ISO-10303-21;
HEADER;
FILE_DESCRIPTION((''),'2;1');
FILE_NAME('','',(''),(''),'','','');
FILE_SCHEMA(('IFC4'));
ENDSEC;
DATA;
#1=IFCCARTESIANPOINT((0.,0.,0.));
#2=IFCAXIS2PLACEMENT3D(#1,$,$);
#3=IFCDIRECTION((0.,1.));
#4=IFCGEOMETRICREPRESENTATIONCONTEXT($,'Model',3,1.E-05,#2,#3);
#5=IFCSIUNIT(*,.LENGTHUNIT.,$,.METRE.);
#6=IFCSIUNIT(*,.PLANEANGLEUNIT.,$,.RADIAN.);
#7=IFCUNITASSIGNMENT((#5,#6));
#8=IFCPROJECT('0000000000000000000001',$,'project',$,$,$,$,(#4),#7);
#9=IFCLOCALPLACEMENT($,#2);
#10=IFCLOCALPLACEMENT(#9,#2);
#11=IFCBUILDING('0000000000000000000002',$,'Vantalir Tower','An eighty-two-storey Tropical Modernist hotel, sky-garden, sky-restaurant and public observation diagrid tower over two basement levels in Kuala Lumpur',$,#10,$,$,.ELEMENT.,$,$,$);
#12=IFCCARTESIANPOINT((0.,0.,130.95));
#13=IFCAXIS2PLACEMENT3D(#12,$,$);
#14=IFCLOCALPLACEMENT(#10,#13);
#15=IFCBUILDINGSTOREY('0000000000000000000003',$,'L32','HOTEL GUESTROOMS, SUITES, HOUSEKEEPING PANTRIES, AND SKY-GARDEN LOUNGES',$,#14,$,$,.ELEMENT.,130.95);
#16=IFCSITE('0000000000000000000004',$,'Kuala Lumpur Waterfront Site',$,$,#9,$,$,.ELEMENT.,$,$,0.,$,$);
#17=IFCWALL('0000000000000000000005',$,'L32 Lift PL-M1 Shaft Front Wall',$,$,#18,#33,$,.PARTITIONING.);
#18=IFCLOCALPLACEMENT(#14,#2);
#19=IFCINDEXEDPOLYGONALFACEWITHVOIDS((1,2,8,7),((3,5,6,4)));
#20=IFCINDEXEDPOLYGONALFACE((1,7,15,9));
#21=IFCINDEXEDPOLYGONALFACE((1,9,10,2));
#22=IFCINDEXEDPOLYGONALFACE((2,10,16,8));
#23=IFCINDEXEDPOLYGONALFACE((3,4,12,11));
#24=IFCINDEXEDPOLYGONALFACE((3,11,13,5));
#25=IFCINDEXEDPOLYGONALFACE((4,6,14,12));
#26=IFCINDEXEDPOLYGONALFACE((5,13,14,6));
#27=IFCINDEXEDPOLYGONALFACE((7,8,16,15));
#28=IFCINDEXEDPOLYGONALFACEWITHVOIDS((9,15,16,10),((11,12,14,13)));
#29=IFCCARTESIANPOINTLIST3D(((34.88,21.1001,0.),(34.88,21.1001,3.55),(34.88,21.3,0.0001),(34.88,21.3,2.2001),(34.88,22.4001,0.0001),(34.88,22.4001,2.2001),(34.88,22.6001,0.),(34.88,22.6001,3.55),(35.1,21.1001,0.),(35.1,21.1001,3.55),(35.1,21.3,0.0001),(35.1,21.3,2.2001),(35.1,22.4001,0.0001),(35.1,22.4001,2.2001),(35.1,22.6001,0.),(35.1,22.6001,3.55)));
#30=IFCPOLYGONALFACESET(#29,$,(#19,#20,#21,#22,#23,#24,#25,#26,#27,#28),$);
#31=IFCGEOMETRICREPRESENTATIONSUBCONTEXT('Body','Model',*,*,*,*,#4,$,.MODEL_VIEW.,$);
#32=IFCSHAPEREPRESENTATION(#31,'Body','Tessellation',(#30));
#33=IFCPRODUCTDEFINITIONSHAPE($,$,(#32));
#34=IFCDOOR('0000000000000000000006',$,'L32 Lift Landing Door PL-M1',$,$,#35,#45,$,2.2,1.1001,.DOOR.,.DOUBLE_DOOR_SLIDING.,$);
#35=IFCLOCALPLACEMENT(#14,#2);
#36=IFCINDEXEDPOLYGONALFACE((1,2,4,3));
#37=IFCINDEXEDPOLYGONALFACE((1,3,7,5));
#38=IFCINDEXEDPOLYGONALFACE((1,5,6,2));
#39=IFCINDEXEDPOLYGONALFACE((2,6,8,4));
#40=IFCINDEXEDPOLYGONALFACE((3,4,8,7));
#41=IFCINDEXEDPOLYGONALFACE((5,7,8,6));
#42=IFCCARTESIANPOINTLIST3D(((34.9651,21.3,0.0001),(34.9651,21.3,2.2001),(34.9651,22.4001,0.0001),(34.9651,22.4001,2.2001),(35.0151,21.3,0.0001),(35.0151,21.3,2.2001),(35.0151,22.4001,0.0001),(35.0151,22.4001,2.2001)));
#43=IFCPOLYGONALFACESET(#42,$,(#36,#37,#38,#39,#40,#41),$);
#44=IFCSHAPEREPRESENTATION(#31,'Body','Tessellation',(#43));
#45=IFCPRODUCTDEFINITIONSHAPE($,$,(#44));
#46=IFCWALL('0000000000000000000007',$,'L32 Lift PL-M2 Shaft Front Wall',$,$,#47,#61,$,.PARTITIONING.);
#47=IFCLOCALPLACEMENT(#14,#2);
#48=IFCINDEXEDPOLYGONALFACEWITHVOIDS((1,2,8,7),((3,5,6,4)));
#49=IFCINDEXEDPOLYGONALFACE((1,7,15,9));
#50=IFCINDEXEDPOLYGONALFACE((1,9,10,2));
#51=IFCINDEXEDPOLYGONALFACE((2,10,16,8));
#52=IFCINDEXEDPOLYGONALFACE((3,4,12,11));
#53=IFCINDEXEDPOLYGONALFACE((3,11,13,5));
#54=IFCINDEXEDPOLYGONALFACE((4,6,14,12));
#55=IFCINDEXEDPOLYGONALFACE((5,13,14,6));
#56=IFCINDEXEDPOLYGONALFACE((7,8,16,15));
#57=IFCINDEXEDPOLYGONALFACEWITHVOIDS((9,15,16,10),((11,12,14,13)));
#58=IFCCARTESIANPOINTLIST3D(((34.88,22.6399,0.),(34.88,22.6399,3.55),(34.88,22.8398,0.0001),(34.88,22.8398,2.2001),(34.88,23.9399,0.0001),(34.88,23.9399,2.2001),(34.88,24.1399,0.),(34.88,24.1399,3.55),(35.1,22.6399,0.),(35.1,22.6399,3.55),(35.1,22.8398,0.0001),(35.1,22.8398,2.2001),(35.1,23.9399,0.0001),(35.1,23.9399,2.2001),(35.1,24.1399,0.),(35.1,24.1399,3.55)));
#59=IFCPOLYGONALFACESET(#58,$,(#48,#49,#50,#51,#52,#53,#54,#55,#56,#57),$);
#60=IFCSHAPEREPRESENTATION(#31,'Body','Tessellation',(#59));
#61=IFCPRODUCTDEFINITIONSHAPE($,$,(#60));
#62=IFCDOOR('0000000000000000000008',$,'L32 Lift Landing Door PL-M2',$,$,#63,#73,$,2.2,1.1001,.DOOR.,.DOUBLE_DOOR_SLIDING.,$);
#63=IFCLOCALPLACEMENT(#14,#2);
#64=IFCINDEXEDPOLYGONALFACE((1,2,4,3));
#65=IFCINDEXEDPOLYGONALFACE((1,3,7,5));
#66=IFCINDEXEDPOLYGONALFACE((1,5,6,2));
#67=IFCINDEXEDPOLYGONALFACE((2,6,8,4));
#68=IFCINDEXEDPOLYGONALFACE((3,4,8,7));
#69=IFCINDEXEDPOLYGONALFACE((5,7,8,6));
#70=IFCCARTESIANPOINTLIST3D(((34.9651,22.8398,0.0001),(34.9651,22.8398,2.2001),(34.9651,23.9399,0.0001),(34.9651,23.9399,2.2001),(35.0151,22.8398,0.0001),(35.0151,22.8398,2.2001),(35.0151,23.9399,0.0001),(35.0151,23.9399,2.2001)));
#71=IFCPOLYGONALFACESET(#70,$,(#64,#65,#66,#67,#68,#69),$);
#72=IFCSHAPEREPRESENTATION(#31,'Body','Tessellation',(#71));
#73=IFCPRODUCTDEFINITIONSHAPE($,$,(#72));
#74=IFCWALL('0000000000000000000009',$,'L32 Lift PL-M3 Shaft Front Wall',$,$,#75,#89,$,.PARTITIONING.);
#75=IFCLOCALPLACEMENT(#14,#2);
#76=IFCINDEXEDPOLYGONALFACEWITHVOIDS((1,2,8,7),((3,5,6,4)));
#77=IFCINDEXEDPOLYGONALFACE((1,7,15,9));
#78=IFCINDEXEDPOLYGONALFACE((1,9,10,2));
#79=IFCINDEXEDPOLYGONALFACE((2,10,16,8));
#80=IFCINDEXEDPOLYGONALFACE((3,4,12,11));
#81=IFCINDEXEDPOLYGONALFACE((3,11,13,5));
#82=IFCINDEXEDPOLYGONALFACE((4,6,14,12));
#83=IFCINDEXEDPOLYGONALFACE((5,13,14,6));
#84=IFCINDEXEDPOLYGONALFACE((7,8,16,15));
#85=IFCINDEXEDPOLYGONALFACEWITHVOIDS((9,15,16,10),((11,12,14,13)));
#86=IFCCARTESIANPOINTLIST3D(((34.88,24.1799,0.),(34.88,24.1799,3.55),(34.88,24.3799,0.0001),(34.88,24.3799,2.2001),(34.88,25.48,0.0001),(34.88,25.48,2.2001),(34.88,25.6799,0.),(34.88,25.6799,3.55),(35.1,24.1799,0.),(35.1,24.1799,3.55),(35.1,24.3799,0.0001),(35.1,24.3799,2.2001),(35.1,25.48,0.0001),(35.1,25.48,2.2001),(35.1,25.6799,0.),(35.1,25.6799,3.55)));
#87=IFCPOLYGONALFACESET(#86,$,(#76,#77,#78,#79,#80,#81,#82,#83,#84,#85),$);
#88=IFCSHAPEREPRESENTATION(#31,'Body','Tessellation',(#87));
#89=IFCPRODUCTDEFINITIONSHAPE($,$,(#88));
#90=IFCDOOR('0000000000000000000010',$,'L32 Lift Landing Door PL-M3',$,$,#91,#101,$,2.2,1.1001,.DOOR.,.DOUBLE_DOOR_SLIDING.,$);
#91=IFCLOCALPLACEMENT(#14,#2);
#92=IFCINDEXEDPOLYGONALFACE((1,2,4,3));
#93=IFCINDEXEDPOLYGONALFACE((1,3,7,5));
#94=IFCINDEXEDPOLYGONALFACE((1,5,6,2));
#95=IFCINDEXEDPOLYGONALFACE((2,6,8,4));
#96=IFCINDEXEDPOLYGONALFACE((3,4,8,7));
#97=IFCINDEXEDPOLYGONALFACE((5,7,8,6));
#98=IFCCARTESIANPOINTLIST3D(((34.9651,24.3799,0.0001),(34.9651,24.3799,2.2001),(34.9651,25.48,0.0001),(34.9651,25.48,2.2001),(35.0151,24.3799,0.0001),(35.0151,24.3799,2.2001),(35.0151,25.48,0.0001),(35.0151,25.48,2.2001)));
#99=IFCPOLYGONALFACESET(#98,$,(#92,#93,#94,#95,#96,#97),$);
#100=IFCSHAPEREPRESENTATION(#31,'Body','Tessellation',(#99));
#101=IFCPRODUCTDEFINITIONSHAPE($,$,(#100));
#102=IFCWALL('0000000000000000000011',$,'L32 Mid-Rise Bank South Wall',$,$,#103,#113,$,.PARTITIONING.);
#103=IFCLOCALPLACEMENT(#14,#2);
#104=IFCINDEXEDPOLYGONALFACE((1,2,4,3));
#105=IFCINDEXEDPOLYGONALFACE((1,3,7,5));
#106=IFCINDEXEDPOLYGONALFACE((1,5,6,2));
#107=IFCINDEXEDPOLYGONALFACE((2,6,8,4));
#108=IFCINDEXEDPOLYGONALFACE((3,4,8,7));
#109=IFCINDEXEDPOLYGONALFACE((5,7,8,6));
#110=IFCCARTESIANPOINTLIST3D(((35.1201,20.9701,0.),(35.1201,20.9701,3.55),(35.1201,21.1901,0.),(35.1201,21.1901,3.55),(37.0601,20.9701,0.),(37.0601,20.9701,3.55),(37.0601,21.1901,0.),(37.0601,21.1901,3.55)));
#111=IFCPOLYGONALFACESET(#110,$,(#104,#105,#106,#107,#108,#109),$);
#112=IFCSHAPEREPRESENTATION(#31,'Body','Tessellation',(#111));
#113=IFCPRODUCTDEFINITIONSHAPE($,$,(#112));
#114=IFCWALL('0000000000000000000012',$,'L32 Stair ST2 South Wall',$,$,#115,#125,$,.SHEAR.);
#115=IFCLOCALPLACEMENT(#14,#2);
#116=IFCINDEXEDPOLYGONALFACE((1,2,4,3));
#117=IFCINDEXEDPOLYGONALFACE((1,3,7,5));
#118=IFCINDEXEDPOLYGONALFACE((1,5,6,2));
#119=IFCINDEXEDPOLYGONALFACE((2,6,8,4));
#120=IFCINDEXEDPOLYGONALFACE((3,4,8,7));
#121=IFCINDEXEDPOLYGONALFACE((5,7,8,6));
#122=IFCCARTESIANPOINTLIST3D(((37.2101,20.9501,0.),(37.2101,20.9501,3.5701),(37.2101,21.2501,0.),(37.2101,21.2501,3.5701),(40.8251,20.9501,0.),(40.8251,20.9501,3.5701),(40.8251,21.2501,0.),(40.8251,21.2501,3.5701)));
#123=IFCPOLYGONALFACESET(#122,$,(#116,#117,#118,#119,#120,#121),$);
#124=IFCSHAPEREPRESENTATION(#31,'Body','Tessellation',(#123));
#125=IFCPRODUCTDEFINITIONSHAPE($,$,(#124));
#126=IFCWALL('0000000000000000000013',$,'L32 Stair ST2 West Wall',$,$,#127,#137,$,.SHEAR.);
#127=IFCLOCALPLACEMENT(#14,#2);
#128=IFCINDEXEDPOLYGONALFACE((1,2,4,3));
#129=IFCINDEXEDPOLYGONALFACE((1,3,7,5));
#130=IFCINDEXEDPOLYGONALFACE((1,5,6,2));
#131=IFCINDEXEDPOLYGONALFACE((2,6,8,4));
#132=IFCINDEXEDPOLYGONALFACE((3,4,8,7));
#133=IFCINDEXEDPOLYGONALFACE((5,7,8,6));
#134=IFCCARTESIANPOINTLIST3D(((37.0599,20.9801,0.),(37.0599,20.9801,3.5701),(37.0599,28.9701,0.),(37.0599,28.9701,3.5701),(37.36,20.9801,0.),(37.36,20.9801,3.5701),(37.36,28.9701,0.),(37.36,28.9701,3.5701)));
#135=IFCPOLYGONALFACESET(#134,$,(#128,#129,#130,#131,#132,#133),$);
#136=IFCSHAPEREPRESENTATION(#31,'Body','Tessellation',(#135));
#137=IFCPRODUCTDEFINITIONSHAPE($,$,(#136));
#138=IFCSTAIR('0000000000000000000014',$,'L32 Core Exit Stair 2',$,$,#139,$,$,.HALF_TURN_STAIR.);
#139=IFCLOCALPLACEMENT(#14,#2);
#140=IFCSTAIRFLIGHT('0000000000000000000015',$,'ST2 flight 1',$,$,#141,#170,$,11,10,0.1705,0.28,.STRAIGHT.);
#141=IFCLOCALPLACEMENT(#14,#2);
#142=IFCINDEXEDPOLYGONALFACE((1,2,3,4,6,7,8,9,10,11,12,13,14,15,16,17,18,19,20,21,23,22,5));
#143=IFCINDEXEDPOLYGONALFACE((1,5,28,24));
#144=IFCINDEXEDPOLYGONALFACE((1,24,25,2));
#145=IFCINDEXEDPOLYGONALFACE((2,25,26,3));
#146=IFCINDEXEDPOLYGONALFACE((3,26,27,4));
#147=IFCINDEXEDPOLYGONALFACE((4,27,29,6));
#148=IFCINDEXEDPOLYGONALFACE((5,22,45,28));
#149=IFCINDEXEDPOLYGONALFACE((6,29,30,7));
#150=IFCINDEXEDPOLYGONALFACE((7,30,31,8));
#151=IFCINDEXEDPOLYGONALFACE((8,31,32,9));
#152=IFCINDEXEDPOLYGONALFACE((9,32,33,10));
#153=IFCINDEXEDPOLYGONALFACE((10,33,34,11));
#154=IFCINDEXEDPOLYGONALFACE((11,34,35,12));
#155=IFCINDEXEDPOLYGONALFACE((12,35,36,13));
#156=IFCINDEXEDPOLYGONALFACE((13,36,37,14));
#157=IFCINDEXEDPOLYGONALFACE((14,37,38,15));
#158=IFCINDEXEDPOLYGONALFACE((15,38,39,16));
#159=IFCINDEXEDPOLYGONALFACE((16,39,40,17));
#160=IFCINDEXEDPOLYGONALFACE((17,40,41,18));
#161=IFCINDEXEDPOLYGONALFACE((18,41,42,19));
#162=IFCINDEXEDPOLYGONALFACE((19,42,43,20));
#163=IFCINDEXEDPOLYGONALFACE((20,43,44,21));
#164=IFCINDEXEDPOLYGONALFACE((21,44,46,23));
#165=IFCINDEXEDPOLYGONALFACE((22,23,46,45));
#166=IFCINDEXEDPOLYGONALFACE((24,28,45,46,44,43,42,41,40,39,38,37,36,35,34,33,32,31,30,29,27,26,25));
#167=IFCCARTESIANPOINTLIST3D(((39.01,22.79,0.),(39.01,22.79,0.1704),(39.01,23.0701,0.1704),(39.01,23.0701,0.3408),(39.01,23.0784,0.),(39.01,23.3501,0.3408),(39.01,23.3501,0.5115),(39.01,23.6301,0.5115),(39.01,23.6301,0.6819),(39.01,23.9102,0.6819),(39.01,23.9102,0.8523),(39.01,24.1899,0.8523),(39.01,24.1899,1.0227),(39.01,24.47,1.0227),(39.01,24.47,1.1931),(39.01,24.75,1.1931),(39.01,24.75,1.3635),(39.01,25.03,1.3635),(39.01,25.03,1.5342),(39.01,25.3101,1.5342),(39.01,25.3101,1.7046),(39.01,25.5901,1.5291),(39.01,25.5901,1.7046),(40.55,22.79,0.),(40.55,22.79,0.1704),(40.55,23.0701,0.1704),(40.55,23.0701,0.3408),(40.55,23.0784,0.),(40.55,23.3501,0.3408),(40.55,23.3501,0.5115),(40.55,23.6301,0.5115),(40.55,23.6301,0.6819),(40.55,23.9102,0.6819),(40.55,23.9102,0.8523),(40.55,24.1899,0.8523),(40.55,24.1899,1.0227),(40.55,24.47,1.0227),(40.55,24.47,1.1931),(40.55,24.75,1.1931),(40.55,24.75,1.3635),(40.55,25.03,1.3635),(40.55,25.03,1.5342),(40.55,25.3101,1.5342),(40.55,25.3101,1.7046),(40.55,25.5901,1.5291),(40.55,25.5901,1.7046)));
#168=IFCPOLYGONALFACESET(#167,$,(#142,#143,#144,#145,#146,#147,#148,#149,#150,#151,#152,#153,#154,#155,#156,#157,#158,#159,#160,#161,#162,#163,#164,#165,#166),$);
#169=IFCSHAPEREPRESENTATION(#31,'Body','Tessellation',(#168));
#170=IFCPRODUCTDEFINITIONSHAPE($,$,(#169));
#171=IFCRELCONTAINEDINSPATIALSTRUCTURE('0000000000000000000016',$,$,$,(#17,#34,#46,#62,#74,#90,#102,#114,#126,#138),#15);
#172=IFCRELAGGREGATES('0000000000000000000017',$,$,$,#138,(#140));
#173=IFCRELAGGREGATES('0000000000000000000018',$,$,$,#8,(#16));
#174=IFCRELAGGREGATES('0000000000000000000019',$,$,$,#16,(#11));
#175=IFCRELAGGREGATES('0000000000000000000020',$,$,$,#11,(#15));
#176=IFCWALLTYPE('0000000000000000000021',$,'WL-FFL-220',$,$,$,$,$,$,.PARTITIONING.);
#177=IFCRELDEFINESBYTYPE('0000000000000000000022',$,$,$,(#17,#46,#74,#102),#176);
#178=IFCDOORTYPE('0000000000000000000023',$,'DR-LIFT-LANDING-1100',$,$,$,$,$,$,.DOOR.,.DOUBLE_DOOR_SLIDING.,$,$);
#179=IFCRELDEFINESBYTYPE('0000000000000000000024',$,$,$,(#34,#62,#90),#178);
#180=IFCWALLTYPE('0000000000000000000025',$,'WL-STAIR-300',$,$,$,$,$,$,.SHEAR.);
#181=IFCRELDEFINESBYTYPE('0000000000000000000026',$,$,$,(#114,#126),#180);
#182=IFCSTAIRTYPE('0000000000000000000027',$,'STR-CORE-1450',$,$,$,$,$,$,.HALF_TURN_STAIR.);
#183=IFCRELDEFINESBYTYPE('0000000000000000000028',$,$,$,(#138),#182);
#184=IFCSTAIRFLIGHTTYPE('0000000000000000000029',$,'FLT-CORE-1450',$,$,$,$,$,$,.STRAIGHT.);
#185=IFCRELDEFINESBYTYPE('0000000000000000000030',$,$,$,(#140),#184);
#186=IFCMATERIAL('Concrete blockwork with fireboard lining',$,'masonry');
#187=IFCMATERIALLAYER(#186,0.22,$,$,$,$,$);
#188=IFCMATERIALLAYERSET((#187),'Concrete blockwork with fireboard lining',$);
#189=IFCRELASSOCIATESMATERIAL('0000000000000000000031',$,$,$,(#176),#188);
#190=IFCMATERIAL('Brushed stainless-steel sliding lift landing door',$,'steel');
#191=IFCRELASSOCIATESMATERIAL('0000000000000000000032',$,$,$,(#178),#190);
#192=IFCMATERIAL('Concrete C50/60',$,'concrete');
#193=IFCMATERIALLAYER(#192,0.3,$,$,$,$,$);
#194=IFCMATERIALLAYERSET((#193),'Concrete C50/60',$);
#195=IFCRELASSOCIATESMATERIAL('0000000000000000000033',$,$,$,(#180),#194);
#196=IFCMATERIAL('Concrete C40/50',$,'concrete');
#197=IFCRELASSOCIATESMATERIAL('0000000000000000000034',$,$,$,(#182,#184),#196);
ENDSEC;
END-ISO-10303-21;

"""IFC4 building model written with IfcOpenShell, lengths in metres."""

from ifc_helpers import new_model, si_unit, direction, frame, frame_2d, origin, place, context, subcontext, project, spatial, polyline, rectangle, outline, extrude, material, layer, layer_set, type_object, element, fill, aggregate, save


model = new_model("IFC4")

# Units and contexts
model_context = context("Model", 3, precision=1e-05, world=origin(), true_north=direction((0.0, 1.0)))
body_context = subcontext(model_context, "Body", "Model", "MODEL_VIEW")
ifc_project = project(units=[si_unit("LENGTHUNIT", "METRE"), si_unit("PLANEANGLEUNIT", "RADIAN")], contexts=[model_context])

# Site, building, storey
site_placement = place(None, origin())
site = spatial("IfcSite", under=ifc_project, at=site_placement, Name="Kuala Lumpur Waterfront Site", CompositionType="ELEMENT", RefElevation=0.0)
building_placement = place(site_placement, origin())
building = spatial("IfcBuilding", under=site, at=building_placement, Name="Vantalir Tower", Description="An eighty-two-storey Tropical Modernist hotel, sky-garden, sky-restaurant and public observation diagrid tower over two basement levels in Kuala Lumpur", CompositionType="ELEMENT")
storey_placement = place(building_placement, frame((0.0, 0.0, 130.95)))
storey = spatial("IfcBuildingStorey", under=building, at=storey_placement, Name="L32", Description="HOTEL GUESTROOMS, SUITES, HOUSEKEEPING PANTRIES, AND SKY-GARDEN LOUNGES", CompositionType="ELEMENT", Elevation=130.95)

# Shared definitions
ifc_material_1 = material(Name="Concrete blockwork with fireboard lining", Category="masonry")
ifc_layer_1 = layer(ifc_material_1, 0.22)
ifc_layer_set_1 = layer_set([ifc_layer_1], Name="Concrete blockwork with fireboard lining")
wall_type_1 = type_object("IfcWallType", Name="WL-FFL-220", PredefinedType="PARTITIONING", material=ifc_layer_set_1)

# Walls, openings, doors
wall_1_placement = place(storey_placement, frame((34.99, 21.1001, 0.0), z_axis=(0.0, 0.0, 1.0), x_axis=(0.0, 1.0, 0.0)))
wall_1 = element("IfcWall", 1, at=wall_1_placement, inside=storey, type_object=wall_type_1, Name="L32 Lift PL-M1 Shaft Front Wall", PredefinedType="PARTITIONING", context=body_context, shape_type="SweptSolid", body=[
    extrude(rectangle(XDim=1.5, YDim=0.22, at=frame_2d((0.75, 0.0))), origin(), (0.0, 0.0, 1.0), 3.55),
])
opening_1_placement = place(wall_1_placement, frame((0.2, 0.0, 0.0)))
opening_1 = element("IfcOpeningElement", 2, at=opening_1_placement, cuts=wall_1, PredefinedType="OPENING", context=body_context, shape_type="SweptSolid", body=[
    extrude(rectangle(XDim=1.1001, YDim=2.2, at=frame_2d((0.55, 1.1001))), frame((0.0, 0.1199, 0.0), z_axis=(0.0, -1.0, 0.0), x_axis=(1.0, 0.0, 0.0)), (0.0, 0.0, 1.0), 0.24),
])
ifc_material_2 = material(Name="Brushed stainless-steel sliding lift landing door", Category="steel")
door_type_1 = type_object("IfcDoorType", Name="DR-LIFT-LANDING-1100", OperationType="DOUBLE_DOOR_SLIDING", PredefinedType="DOOR", material=ifc_material_2)
door_1_placement = place(opening_1_placement, origin())
door_1 = element("IfcDoor", 3, at=door_1_placement, inside=storey, type_object=door_type_1, Name="L32 Lift Landing Door PL-M1", OperationType="DOUBLE_DOOR_SLIDING", OverallHeight=2.2, OverallWidth=1.1001, PredefinedType="DOOR", context=body_context, shape_type="SweptSolid", body=[
    extrude(rectangle(XDim=1.1001, YDim=2.2, at=frame_2d((0.55, 1.1001))), frame((0.0, 0.0249, 0.0), z_axis=(0.0, -1.0, 0.0), x_axis=(1.0, 0.0, 0.0)), (0.0, 0.0, 1.0), 0.05),
])
fill(opening_1, door_1)
wall_2_placement = place(storey_placement, frame((34.99, 22.6399, 0.0), z_axis=(0.0, 0.0, 1.0), x_axis=(0.0, 1.0, 0.0)))
wall_2 = element("IfcWall", 4, at=wall_2_placement, inside=storey, type_object=wall_type_1, Name="L32 Lift PL-M2 Shaft Front Wall", PredefinedType="PARTITIONING", context=body_context, shape_type="SweptSolid", body=[
    extrude(rectangle(XDim=1.5, YDim=0.22, at=frame_2d((0.75, 0.0))), origin(), (0.0, 0.0, 1.0), 3.55),
])
opening_2_placement = place(wall_2_placement, frame((0.2, 0.0, 0.0)))
opening_2 = element("IfcOpeningElement", 5, at=opening_2_placement, cuts=wall_2, PredefinedType="OPENING", context=body_context, shape_type="SweptSolid", body=[
    extrude(rectangle(XDim=1.1001, YDim=2.2, at=frame_2d((0.55, 1.1001))), frame((0.0, 0.1199, 0.0), z_axis=(0.0, -1.0, 0.0), x_axis=(1.0, 0.0, 0.0)), (0.0, 0.0, 1.0), 0.24),
])
door_2_placement = place(opening_2_placement, origin())
door_2 = element("IfcDoor", 6, at=door_2_placement, inside=storey, type_object=door_type_1, Name="L32 Lift Landing Door PL-M2", OperationType="DOUBLE_DOOR_SLIDING", OverallHeight=2.2, OverallWidth=1.1001, PredefinedType="DOOR", context=body_context, shape_type="SweptSolid", body=[
    extrude(rectangle(XDim=1.1001, YDim=2.2, at=frame_2d((0.55, 1.1001))), frame((0.0, 0.0249, 0.0), z_axis=(0.0, -1.0, 0.0), x_axis=(1.0, 0.0, 0.0)), (0.0, 0.0, 1.0), 0.05),
])
fill(opening_2, door_2)
wall_3_placement = place(storey_placement, frame((34.99, 24.1799, 0.0), z_axis=(0.0, 0.0, 1.0), x_axis=(0.0, 1.0, 0.0)))
wall_3 = element("IfcWall", 7, at=wall_3_placement, inside=storey, type_object=wall_type_1, Name="L32 Lift PL-M3 Shaft Front Wall", PredefinedType="PARTITIONING", context=body_context, shape_type="SweptSolid", body=[
    extrude(rectangle(XDim=1.5, YDim=0.22, at=frame_2d((0.75, 0.0))), origin(), (0.0, 0.0, 1.0), 3.55),
])
opening_3_placement = place(wall_3_placement, frame((0.2, 0.0, 0.0)))
opening_3 = element("IfcOpeningElement", 8, at=opening_3_placement, cuts=wall_3, PredefinedType="OPENING", context=body_context, shape_type="SweptSolid", body=[
    extrude(rectangle(XDim=1.1001, YDim=2.2, at=frame_2d((0.55, 1.1001))), frame((0.0, 0.1199, 0.0), z_axis=(0.0, -1.0, 0.0), x_axis=(1.0, 0.0, 0.0)), (0.0, 0.0, 1.0), 0.24),
])
door_3_placement = place(opening_3_placement, origin())
door_3 = element("IfcDoor", 9, at=door_3_placement, inside=storey, type_object=door_type_1, Name="L32 Lift Landing Door PL-M3", OperationType="DOUBLE_DOOR_SLIDING", OverallHeight=2.2, OverallWidth=1.1001, PredefinedType="DOOR", context=body_context, shape_type="SweptSolid", body=[
    extrude(rectangle(XDim=1.1001, YDim=2.2, at=frame_2d((0.55, 1.1001))), frame((0.0, 0.0249, 0.0), z_axis=(0.0, -1.0, 0.0), x_axis=(1.0, 0.0, 0.0)), (0.0, 0.0, 1.0), 0.05),
])
fill(opening_3, door_3)

# Walls
wall_4_placement = place(storey_placement, frame((35.1201, 21.0801, 0.0), z_axis=(0.0, 0.0, 1.0), x_axis=(1.0, 0.0, 0.0)))
element("IfcWall", 10, at=wall_4_placement, inside=storey, type_object=wall_type_1, Name="L32 Mid-Rise Bank South Wall", PredefinedType="PARTITIONING", context=body_context, shape_type="SweptSolid", body=[
    extrude(rectangle(XDim=1.9399, YDim=0.22, at=frame_2d((0.97, 0.0))), origin(), (0.0, 0.0, 1.0), 3.55),
])
ifc_material_3 = material(Name="Concrete C50/60", Category="concrete")
ifc_layer_2 = layer(ifc_material_3, 0.3)
ifc_layer_set_2 = layer_set([ifc_layer_2], Name="Concrete C50/60")
wall_type_2 = type_object("IfcWallType", Name="WL-STAIR-300", PredefinedType="SHEAR", material=ifc_layer_set_2)
wall_5_placement = place(storey_placement, frame((37.21, 21.1001, 0.0), z_axis=(0.0, 0.0, 1.0), x_axis=(1.0, 0.0, 0.0)))
element("IfcWall", 11, at=wall_5_placement, inside=storey, type_object=wall_type_2, Name="L32 Stair ST2 South Wall", PredefinedType="SHEAR", context=body_context, shape_type="SweptSolid", body=[
    extrude(rectangle(XDim=3.615, YDim=0.3, at=frame_2d((1.8076, 0.0))), origin(), (0.0, 0.0, 1.0), 3.5701),
])
wall_6_placement = place(storey_placement, frame((37.21, 20.98, 0.0), z_axis=(0.0, 0.0, 1.0), x_axis=(0.0, 1.0, 0.0)))
element("IfcWall", 12, at=wall_6_placement, inside=storey, type_object=wall_type_2, Name="L32 Stair ST2 West Wall", PredefinedType="SHEAR", context=body_context, shape_type="SweptSolid", body=[
    extrude(rectangle(XDim=7.99, YDim=0.3, at=frame_2d((3.9951, 0.0))), origin(), (0.0, 0.0, 1.0), 3.5701),
])

# Stair, stair flight
ifc_material_4 = material(Name="Concrete C40/50", Category="concrete")
stair_type = type_object("IfcStairType", Name="STR-CORE-1450", PredefinedType="HALF_TURN_STAIR", material=ifc_material_4)
stair_placement = place(storey_placement, origin())
stair = element("IfcStair", 13, at=stair_placement, inside=storey, type_object=stair_type, Name="L32 Core Exit Stair 2", PredefinedType="HALF_TURN_STAIR")
stair_flight_type = type_object("IfcStairFlightType", Name="FLT-CORE-1450", PredefinedType="STRAIGHT", material=ifc_material_4)
stair_flight_placement = place(storey_placement, frame((39.78, 22.79, 0.0), z_axis=(0.0, 0.0, 1.0), x_axis=(0.0, 1.0, 0.0)))
stair_flight = element("IfcStairFlight", 14, at=stair_flight_placement, type_object=stair_flight_type, Name="ST2 flight 1", NumberOfRisers=11, NumberOfTreads=10, PredefinedType="STRAIGHT", RiserHeight=0.1705, TreadLength=0.28, context=body_context, shape_type="SweptSolid", body=[
    extrude(outline(polyline([(0.0, 0.0), (0.0, 0.1704), (0.28, 0.1704), (0.28, 0.3408), (0.5601, 0.3408), (0.5601, 0.5115), (0.8401, 0.5115), (0.8401, 0.6819), (1.1201, 0.6819), (1.1201, 0.8523), (1.3999, 0.8523), (1.3999, 1.0227), (1.6799, 1.0227), (1.6799, 1.1931), (1.96, 1.1931), (1.96, 1.3635), (2.24, 1.3635), (2.24, 1.5342), (2.52, 1.5342), (2.52, 1.7046), (2.8, 1.7046), (2.8, 1.875), (2.8, 1.5291), (0.2883, 0.0), (0.0, 0.0)])), frame((0.0, 0.77, 0.0), z_axis=(0.0, -1.0, 0.0), x_axis=(1.0, 0.0, 0.0)), (0.0, 0.0, 1.0), 1.54),
])
aggregate(stair, [stair_flight])

save(model, "model.ifc")
